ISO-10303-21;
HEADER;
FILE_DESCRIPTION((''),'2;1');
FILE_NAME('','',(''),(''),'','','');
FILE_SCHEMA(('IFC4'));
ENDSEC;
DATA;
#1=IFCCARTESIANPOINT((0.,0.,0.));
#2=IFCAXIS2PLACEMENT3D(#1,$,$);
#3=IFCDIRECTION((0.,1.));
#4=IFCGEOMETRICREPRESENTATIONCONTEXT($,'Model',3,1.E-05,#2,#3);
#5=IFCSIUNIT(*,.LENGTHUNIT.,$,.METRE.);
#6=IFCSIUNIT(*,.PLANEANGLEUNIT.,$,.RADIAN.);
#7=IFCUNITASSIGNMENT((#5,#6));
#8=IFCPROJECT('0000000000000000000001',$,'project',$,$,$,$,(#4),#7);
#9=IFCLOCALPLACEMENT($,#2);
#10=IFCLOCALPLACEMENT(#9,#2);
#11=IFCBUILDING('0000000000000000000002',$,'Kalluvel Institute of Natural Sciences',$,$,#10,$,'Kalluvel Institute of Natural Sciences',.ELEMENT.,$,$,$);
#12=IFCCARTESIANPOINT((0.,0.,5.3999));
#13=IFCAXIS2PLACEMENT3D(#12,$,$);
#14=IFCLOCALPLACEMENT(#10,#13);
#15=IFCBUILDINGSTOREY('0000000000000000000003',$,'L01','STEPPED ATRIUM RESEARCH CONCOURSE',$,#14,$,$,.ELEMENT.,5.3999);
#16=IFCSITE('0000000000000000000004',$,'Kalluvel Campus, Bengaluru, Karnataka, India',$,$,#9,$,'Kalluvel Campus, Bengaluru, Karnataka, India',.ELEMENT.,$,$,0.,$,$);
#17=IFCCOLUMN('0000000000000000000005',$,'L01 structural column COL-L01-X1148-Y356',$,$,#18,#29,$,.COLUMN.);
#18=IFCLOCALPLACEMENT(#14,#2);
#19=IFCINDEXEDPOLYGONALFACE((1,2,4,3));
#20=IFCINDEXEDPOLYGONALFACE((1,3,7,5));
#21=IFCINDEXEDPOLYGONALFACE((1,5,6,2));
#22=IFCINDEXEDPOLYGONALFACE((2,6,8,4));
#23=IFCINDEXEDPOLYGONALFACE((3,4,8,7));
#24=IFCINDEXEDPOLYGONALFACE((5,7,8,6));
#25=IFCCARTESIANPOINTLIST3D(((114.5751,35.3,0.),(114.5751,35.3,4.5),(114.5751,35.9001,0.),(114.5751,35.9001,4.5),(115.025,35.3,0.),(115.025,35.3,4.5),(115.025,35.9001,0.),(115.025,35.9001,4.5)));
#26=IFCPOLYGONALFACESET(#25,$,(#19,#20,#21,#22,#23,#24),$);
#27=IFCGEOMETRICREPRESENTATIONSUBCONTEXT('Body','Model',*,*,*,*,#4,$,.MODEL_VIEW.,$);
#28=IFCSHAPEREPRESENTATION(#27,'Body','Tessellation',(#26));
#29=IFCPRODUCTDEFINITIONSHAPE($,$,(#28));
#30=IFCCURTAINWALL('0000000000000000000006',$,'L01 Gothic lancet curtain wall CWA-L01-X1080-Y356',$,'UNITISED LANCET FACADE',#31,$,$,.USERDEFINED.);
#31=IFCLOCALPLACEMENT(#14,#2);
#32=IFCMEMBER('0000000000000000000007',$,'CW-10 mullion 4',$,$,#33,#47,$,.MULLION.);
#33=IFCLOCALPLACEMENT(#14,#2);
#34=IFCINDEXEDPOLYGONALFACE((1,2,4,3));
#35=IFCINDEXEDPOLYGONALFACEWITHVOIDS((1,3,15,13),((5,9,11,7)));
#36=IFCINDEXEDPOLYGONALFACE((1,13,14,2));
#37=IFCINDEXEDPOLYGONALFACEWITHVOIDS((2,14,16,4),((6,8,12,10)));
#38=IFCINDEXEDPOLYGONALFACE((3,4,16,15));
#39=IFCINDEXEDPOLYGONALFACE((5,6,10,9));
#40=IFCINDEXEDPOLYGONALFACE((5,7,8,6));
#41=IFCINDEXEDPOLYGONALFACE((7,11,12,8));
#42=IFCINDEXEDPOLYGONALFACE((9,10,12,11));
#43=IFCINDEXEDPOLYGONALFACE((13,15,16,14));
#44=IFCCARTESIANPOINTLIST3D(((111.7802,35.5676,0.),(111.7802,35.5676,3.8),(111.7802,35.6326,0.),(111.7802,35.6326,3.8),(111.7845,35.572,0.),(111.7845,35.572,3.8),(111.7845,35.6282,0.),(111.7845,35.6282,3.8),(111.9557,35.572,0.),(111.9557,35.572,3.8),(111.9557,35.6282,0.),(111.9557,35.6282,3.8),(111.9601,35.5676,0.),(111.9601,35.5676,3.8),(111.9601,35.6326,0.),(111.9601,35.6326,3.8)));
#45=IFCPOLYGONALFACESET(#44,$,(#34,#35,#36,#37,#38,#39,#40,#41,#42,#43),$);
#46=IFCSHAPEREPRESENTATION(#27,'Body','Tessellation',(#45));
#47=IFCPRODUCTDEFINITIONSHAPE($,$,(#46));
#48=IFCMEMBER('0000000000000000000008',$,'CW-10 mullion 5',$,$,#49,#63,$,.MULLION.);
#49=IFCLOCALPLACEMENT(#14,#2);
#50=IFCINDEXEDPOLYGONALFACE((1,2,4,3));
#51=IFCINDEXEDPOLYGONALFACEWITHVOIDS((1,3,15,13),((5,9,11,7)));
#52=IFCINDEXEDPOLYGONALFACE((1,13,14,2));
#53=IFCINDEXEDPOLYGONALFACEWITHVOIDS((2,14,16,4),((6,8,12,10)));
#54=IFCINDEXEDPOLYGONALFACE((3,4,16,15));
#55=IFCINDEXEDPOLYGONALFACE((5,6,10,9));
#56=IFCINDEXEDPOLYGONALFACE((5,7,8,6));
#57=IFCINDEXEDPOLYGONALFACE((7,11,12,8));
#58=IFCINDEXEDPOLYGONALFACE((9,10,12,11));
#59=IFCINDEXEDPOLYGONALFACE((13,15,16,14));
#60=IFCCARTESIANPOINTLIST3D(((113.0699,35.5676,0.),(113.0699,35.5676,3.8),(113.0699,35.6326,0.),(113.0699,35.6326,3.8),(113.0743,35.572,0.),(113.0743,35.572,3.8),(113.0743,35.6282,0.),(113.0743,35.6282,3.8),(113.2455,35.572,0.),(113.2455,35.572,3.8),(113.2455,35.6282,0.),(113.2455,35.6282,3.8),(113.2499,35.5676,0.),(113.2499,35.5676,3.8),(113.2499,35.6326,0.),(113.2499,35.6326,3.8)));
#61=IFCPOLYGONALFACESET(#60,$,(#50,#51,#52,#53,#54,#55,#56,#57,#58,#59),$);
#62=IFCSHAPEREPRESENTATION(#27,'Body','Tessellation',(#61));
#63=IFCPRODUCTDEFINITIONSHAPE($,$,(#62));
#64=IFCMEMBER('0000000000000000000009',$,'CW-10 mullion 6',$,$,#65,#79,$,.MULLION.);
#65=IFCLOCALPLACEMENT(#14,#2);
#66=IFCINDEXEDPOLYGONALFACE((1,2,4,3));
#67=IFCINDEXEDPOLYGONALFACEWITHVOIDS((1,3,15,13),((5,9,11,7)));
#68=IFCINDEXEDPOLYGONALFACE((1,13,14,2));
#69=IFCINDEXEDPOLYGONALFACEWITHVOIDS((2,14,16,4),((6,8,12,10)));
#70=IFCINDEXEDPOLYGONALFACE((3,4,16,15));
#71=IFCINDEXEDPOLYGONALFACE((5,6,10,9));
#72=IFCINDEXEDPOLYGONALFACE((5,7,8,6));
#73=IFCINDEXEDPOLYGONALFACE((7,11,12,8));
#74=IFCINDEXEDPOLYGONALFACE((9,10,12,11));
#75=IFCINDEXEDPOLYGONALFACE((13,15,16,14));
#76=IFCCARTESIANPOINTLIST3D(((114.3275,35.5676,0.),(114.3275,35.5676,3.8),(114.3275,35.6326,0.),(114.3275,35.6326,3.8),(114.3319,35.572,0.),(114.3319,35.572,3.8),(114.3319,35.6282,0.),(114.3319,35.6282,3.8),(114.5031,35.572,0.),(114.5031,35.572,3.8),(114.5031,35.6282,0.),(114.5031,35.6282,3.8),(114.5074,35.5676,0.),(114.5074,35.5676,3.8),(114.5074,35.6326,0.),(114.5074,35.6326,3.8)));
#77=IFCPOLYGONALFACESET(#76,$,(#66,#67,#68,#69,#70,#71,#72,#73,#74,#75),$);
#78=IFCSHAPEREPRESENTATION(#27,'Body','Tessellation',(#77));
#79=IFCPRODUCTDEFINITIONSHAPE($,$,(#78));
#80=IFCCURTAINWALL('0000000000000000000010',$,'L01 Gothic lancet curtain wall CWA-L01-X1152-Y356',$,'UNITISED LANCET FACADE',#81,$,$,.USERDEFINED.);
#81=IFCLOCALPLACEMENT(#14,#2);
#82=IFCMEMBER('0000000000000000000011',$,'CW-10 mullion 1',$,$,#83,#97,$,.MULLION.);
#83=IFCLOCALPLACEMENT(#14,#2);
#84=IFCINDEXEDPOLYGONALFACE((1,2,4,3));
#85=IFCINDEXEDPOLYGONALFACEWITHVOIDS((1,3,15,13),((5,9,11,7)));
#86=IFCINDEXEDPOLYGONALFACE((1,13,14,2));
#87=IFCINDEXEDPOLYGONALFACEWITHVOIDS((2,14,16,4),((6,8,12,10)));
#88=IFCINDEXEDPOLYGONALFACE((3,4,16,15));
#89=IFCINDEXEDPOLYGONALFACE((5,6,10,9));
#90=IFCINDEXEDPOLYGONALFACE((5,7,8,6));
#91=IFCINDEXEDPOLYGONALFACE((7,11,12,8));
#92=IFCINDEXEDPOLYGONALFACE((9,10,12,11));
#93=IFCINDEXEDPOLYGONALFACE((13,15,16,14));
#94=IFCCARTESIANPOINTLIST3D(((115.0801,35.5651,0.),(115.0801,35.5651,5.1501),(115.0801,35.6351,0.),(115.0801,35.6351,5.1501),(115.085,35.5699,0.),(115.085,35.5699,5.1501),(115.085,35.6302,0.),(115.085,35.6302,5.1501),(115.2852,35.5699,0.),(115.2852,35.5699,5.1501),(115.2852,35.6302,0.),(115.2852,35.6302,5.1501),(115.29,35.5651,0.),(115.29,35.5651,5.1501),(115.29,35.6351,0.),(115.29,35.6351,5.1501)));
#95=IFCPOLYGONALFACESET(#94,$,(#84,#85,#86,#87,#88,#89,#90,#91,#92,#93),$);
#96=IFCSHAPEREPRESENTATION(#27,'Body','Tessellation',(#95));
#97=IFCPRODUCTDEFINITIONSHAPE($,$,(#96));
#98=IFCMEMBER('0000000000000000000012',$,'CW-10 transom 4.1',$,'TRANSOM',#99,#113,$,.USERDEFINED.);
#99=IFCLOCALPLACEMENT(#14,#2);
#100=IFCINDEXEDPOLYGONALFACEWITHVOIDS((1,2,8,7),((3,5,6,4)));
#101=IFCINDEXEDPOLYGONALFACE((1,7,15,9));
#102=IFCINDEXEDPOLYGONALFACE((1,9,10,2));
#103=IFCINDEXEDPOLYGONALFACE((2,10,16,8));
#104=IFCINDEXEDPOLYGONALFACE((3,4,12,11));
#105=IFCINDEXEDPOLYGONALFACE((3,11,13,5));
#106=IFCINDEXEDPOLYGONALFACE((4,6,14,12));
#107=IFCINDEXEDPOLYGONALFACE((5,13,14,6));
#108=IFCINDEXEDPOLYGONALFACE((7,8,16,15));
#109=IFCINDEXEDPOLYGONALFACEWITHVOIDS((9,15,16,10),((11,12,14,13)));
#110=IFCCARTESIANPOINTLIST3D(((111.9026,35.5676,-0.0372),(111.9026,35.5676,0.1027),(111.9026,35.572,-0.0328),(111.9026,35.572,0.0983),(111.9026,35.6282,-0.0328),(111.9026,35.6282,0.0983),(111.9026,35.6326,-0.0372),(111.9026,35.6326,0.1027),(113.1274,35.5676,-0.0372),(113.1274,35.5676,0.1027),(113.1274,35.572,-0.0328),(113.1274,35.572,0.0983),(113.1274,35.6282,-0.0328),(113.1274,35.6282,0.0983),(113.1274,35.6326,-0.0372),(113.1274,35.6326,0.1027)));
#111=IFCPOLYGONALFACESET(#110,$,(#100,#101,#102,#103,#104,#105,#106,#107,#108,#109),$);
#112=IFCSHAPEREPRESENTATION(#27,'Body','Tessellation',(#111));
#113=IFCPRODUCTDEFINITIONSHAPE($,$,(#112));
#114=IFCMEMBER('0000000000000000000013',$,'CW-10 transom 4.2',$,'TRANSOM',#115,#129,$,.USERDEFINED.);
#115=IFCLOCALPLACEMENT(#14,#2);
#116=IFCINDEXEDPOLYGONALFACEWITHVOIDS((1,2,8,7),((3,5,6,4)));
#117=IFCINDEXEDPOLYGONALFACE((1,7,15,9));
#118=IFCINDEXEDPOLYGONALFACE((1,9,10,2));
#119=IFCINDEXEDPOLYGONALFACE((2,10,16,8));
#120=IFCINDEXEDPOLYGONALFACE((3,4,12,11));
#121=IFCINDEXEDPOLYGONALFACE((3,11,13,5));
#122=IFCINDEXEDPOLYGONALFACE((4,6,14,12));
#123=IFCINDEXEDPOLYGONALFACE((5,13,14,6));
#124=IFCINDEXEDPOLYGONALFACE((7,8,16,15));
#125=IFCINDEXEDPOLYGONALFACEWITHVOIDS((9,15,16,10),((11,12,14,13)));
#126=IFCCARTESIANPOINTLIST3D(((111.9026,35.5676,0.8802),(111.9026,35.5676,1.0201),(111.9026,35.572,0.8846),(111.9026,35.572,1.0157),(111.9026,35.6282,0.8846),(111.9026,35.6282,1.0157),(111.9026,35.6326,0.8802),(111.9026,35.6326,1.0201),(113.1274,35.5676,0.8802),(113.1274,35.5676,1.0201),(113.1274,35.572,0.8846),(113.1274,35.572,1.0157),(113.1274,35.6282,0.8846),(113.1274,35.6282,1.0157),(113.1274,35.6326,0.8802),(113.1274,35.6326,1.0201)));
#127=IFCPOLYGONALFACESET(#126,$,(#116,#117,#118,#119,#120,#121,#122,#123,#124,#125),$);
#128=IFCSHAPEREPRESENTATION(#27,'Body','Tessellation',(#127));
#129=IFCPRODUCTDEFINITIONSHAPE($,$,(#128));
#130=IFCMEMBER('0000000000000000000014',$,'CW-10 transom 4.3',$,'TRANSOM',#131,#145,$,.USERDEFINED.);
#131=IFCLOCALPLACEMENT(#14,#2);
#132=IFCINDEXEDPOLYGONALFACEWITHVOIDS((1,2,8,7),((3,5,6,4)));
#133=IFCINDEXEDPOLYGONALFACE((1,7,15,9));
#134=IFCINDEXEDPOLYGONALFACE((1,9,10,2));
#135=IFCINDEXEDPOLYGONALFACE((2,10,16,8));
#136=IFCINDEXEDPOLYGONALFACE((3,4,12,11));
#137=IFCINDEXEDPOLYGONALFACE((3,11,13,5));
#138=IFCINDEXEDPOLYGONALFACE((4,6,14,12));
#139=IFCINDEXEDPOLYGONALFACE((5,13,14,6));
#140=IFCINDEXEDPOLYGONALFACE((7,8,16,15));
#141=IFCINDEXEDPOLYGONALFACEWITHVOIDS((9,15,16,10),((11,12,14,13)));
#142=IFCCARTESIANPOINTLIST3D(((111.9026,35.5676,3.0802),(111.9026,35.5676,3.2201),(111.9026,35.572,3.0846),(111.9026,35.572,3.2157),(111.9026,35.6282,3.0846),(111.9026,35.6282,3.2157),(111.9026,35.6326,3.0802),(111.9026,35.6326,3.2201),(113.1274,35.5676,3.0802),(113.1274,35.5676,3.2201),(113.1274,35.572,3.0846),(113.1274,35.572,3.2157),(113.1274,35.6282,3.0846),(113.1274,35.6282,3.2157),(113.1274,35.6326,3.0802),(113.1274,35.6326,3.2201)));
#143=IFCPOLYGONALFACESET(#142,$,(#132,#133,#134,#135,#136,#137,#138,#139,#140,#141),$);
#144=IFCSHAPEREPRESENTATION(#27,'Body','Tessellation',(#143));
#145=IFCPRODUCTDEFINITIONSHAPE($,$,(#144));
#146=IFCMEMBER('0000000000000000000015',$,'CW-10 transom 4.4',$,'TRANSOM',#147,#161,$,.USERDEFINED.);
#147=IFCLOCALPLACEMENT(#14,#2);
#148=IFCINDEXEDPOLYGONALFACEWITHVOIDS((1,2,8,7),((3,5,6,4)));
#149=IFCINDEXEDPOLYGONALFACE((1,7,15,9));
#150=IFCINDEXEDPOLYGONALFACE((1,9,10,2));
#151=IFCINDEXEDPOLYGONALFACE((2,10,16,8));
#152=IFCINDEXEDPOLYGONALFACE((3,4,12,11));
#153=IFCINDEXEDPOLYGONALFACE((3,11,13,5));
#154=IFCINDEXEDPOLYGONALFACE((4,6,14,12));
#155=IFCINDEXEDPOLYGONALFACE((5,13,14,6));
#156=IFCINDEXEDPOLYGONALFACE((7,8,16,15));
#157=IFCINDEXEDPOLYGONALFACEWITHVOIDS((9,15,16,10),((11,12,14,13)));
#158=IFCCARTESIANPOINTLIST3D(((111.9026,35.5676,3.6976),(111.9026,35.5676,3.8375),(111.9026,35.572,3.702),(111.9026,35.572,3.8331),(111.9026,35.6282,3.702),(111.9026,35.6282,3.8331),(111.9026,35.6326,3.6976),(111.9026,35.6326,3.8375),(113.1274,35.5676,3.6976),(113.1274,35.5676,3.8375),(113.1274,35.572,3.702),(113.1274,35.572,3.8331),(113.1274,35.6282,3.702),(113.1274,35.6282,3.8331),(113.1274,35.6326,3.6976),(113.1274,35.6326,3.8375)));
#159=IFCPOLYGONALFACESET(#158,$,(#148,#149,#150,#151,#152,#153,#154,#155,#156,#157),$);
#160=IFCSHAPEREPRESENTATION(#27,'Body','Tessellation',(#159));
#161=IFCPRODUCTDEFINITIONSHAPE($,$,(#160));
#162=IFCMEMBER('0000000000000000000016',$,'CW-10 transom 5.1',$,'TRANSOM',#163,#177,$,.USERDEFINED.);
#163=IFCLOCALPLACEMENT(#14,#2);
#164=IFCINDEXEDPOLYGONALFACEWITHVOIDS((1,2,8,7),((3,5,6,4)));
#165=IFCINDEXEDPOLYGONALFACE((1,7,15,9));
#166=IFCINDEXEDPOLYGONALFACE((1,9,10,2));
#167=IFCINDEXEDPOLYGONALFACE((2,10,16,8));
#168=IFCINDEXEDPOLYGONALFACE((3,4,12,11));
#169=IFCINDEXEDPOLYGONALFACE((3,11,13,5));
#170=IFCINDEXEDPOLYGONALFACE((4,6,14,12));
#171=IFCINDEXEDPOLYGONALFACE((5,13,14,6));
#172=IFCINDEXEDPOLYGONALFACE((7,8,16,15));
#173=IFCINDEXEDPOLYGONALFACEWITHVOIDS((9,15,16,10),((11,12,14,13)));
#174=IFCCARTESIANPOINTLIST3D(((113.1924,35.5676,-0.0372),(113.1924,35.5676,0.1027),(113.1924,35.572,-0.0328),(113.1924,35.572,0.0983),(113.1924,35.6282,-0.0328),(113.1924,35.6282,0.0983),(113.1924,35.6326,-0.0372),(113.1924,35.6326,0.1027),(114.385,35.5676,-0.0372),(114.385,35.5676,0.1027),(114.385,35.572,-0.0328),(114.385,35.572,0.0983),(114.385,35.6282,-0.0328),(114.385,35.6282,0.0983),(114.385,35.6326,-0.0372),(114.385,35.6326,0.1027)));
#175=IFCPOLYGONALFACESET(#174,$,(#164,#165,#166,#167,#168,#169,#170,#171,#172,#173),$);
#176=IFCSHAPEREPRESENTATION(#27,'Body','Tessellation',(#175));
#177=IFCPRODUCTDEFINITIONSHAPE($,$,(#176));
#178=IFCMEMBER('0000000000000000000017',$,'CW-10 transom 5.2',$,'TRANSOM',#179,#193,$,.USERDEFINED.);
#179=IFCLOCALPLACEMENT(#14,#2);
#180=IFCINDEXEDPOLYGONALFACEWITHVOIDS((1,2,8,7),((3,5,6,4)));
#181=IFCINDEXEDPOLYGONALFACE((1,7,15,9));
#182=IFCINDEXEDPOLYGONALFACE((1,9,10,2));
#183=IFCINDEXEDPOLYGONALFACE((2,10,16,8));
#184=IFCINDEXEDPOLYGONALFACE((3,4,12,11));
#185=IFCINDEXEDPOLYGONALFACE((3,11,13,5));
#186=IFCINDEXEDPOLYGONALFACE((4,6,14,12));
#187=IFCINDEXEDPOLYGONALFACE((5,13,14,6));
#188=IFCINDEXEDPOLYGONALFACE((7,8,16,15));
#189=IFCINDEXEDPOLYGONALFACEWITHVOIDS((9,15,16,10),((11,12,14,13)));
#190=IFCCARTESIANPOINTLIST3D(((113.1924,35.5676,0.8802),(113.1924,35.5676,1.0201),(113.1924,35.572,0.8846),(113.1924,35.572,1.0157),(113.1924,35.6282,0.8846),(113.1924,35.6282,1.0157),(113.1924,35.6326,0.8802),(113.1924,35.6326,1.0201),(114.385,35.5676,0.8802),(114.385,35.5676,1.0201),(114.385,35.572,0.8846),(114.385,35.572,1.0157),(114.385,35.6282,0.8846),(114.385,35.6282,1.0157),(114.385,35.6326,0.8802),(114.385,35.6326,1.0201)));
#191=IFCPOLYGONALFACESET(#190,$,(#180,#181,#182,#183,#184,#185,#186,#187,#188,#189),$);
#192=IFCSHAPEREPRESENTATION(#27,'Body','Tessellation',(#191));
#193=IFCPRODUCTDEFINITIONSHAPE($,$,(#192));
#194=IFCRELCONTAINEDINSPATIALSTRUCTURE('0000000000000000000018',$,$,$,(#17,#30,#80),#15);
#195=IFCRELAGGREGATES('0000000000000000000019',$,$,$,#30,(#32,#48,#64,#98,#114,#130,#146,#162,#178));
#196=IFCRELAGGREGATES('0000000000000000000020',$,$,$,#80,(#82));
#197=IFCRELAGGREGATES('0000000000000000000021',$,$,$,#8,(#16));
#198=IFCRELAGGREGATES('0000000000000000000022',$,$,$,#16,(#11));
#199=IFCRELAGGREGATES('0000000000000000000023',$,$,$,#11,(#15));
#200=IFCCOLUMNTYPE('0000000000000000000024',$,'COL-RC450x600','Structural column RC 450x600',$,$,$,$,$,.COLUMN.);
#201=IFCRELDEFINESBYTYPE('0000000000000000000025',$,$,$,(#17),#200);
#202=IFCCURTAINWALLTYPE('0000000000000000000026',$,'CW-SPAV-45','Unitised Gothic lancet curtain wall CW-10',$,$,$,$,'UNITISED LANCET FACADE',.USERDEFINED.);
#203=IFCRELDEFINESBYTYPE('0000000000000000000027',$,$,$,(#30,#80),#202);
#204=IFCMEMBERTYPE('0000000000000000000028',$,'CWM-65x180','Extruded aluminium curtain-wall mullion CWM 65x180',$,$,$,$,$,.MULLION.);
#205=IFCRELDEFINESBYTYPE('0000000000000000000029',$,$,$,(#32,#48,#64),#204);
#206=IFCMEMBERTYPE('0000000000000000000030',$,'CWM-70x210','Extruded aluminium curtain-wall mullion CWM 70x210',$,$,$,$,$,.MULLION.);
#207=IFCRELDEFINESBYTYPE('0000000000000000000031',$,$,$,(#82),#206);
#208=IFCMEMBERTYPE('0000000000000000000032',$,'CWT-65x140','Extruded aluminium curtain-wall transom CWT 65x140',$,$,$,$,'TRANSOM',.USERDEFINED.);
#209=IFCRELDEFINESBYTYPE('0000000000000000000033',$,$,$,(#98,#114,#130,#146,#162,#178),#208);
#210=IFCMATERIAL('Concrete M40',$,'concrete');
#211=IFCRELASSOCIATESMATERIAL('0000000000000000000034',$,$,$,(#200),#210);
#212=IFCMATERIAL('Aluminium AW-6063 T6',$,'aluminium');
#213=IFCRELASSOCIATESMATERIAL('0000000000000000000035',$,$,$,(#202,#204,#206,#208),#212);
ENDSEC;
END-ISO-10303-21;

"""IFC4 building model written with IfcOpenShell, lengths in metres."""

from ifc_helpers import new_model, si_unit, direction, frame, origin, origin_2d, place, context, subcontext, project, spatial, rectangle, hollow_rectangle, extrude, material, material_profile, profile_set, type_object, element, aggregate, save


model = new_model("IFC4")

# Units and contexts
model_context = context("Model", 3, precision=1e-05, world=origin(), true_north=direction((0.0, 1.0)))
body_context = subcontext(model_context, "Body", "Model", "MODEL_VIEW")
ifc_project = project(units=[si_unit("LENGTHUNIT", "METRE"), si_unit("PLANEANGLEUNIT", "RADIAN")], contexts=[model_context])

# Site, building, storey
site_placement = place(None, origin())
site = spatial("IfcSite", under=ifc_project, at=site_placement, Name="Kalluvel Campus, Bengaluru, Karnataka, India", LongName="Kalluvel Campus, Bengaluru, Karnataka, India", CompositionType="ELEMENT", RefElevation=0.0)
building_placement = place(site_placement, origin())
building = spatial("IfcBuilding", under=site, at=building_placement, Name="Kalluvel Institute of Natural Sciences", LongName="Kalluvel Institute of Natural Sciences", CompositionType="ELEMENT")
storey_placement = place(building_placement, frame((0.0, 0.0, 5.3999)))
storey = spatial("IfcBuildingStorey", under=building, at=storey_placement, Name="L01", Description="STEPPED ATRIUM RESEARCH CONCOURSE", CompositionType="ELEMENT", Elevation=5.3999)

# Column
ifc_material_1 = material(Name="Concrete M40", Category="concrete")
ifc_material_profile_1 = material_profile(ifc_material_1, rectangle(XDim=0.45, YDim=0.6001, at=origin_2d()), Name="RC 450x600")
ifc_profile_set_1 = profile_set([ifc_material_profile_1], Name="Concrete M40")
column_type = type_object("IfcColumnType", Name="COL-RC450x600", Description="Structural column RC 450x600", PredefinedType="COLUMN", material=ifc_profile_set_1)
column_placement = place(storey_placement, frame((114.8, 35.6001, 0.0), z_axis=(0.0, 0.0, 1.0), x_axis=(1.0, 0.0, 0.0)))
element("IfcColumn", 1, at=column_placement, inside=storey, type_object=column_type, Name="L01 structural column COL-L01-X1148-Y356", PredefinedType="COLUMN", context=body_context, shape_type="SweptSolid", body=[
    extrude(rectangle(XDim=0.45, YDim=0.6001, at=origin_2d()), origin(), (0.0, 0.0, 1.0), 4.5),
])

# Curtain wall, members
ifc_material_2 = material(Name="Aluminium AW-6063 T6", Category="aluminium")
curtain_wall_type = type_object("IfcCurtainWallType", Name="CW-SPAV-45", Description="Unitised Gothic lancet curtain wall CW-10", ElementType="UNITISED LANCET FACADE", PredefinedType="USERDEFINED", material=ifc_material_2)
curtain_wall_1_placement = place(storey_placement, origin())
curtain_wall_1 = element("IfcCurtainWall", 2, at=curtain_wall_1_placement, inside=storey, type_object=curtain_wall_type, Name="L01 Gothic lancet curtain wall CWA-L01-X1080-Y356", ObjectType="UNITISED LANCET FACADE", PredefinedType="USERDEFINED")
ifc_material_profile_2 = material_profile(ifc_material_2, hollow_rectangle(XDim=0.0649, YDim=0.1799, WallThickness=0.0044, at=origin_2d()), Name="CWM 65x180")
ifc_profile_set_2 = profile_set([ifc_material_profile_2], Name="Aluminium AW-6063 T6")
member_type_1 = type_object("IfcMemberType", Name="CWM-65x180", Description="Extruded aluminium curtain-wall mullion CWM 65x180", PredefinedType="MULLION", material=ifc_profile_set_2)
member_1_placement = place(storey_placement, frame((111.8701, 35.6001, 0.0), z_axis=(0.0, 0.0, 1.0), x_axis=(0.0, 1.0, 0.0)))
member_1 = element("IfcMember", 3, at=member_1_placement, type_object=member_type_1, Name="CW-10 mullion 4", PredefinedType="MULLION", context=body_context, shape_type="SweptSolid", body=[
    extrude(hollow_rectangle(XDim=0.0649, YDim=0.1799, WallThickness=0.0044, at=origin_2d()), origin(), (0.0, 0.0, 1.0), 3.8),
])
member_2_placement = place(storey_placement, frame((113.1599, 35.6001, 0.0), z_axis=(0.0, 0.0, 1.0), x_axis=(0.0, 1.0, 0.0)))
member_2 = element("IfcMember", 4, at=member_2_placement, type_object=member_type_1, Name="CW-10 mullion 5", PredefinedType="MULLION", context=body_context, shape_type="SweptSolid", body=[
    extrude(hollow_rectangle(XDim=0.0649, YDim=0.1799, WallThickness=0.0044, at=origin_2d()), origin(), (0.0, 0.0, 1.0), 3.8),
])
member_3_placement = place(storey_placement, frame((114.4175, 35.6001, 0.0), z_axis=(0.0, 0.0, 1.0), x_axis=(0.0, 1.0, 0.0)))
member_3 = element("IfcMember", 5, at=member_3_placement, type_object=member_type_1, Name="CW-10 mullion 6", PredefinedType="MULLION", context=body_context, shape_type="SweptSolid", body=[
    extrude(hollow_rectangle(XDim=0.0649, YDim=0.1799, WallThickness=0.0044, at=origin_2d()), origin(), (0.0, 0.0, 1.0), 3.8),
])

# Curtain wall, member
curtain_wall_2_placement = place(storey_placement, origin())
curtain_wall_2 = element("IfcCurtainWall", 6, at=curtain_wall_2_placement, inside=storey, type_object=curtain_wall_type, Name="L01 Gothic lancet curtain wall CWA-L01-X1152-Y356", ObjectType="UNITISED LANCET FACADE", PredefinedType="USERDEFINED")
ifc_material_profile_3 = material_profile(ifc_material_2, hollow_rectangle(XDim=0.0701, YDim=0.21, WallThickness=0.0049, at=origin_2d()), Name="CWM 70x210")
ifc_profile_set_3 = profile_set([ifc_material_profile_3], Name="Aluminium AW-6063 T6")
member_type_2 = type_object("IfcMemberType", Name="CWM-70x210", Description="Extruded aluminium curtain-wall mullion CWM 70x210", PredefinedType="MULLION", material=ifc_profile_set_3)
member_4_placement = place(storey_placement, frame((115.1851, 35.6001, 0.0), z_axis=(0.0, 0.0, 1.0), x_axis=(0.0, 1.0, 0.0)))
member_4 = element("IfcMember", 7, at=member_4_placement, type_object=member_type_2, Name="CW-10 mullion 1", PredefinedType="MULLION", context=body_context, shape_type="SweptSolid", body=[
    extrude(hollow_rectangle(XDim=0.0701, YDim=0.21, WallThickness=0.0049, at=origin_2d()), origin(), (0.0, 0.0, 1.0), 5.1501),
])

# Members
ifc_material_profile_4 = material_profile(ifc_material_2, hollow_rectangle(XDim=0.0649, YDim=0.1399, WallThickness=0.0044, at=origin_2d()), Name="CWT 65x140")
ifc_profile_set_4 = profile_set([ifc_material_profile_4], Name="Aluminium AW-6063 T6")
member_type_3 = type_object("IfcMemberType", Name="CWT-65x140", Description="Extruded aluminium curtain-wall transom CWT 65x140", ElementType="TRANSOM", PredefinedType="USERDEFINED", material=ifc_profile_set_4)
member_5_placement = place(storey_placement, frame((111.9026, 35.6001, 0.0327), z_axis=(1.0, 0.0, 0.0), x_axis=(0.0, 1.0, 0.0)))
member_5 = element("IfcMember", 8, at=member_5_placement, type_object=member_type_3, Name="CW-10 transom 4.1", ObjectType="TRANSOM", PredefinedType="USERDEFINED", context=body_context, shape_type="SweptSolid", body=[
    extrude(hollow_rectangle(XDim=0.0649, YDim=0.1399, WallThickness=0.0044, at=origin_2d()), origin(), (0.0, 0.0, 1.0), 1.2249),
])
member_6_placement = place(storey_placement, frame((111.9026, 35.6001, 0.9502), z_axis=(1.0, 0.0, 0.0), x_axis=(0.0, 1.0, 0.0)))
member_6 = element("IfcMember", 9, at=member_6_placement, type_object=member_type_3, Name="CW-10 transom 4.2", ObjectType="TRANSOM", PredefinedType="USERDEFINED", context=body_context, shape_type="SweptSolid", body=[
    extrude(hollow_rectangle(XDim=0.0649, YDim=0.1399, WallThickness=0.0044, at=origin_2d()), origin(), (0.0, 0.0, 1.0), 1.2249),
])
member_7_placement = place(storey_placement, frame((111.9026, 35.6001, 3.1501), z_axis=(1.0, 0.0, 0.0), x_axis=(0.0, 1.0, 0.0)))
member_7 = element("IfcMember", 10, at=member_7_placement, type_object=member_type_3, Name="CW-10 transom 4.3", ObjectType="TRANSOM", PredefinedType="USERDEFINED", context=body_context, shape_type="SweptSolid", body=[
    extrude(hollow_rectangle(XDim=0.0649, YDim=0.1399, WallThickness=0.0044, at=origin_2d()), origin(), (0.0, 0.0, 1.0), 1.2249),
])
member_8_placement = place(storey_placement, frame((111.9026, 35.6001, 3.7676), z_axis=(1.0, 0.0, 0.0), x_axis=(0.0, 1.0, 0.0)))
member_8 = element("IfcMember", 11, at=member_8_placement, type_object=member_type_3, Name="CW-10 transom 4.4", ObjectType="TRANSOM", PredefinedType="USERDEFINED", context=body_context, shape_type="SweptSolid", body=[
    extrude(hollow_rectangle(XDim=0.0649, YDim=0.1399, WallThickness=0.0044, at=origin_2d()), origin(), (0.0, 0.0, 1.0), 1.2249),
])
member_9_placement = place(storey_placement, frame((113.1924, 35.6001, 0.0327), z_axis=(1.0, 0.0, 0.0), x_axis=(0.0, 1.0, 0.0)))
member_9 = element("IfcMember", 12, at=member_9_placement, type_object=member_type_3, Name="CW-10 transom 5.1", ObjectType="TRANSOM", PredefinedType="USERDEFINED", context=body_context, shape_type="SweptSolid", body=[
    extrude(hollow_rectangle(XDim=0.0649, YDim=0.1399, WallThickness=0.0044, at=origin_2d()), origin(), (0.0, 0.0, 1.0), 1.1926),
])
member_10_placement = place(storey_placement, frame((113.1924, 35.6001, 0.9502), z_axis=(1.0, 0.0, 0.0), x_axis=(0.0, 1.0, 0.0)))
member_10 = element("IfcMember", 13, at=member_10_placement, type_object=member_type_3, Name="CW-10 transom 5.2", ObjectType="TRANSOM", PredefinedType="USERDEFINED", context=body_context, shape_type="SweptSolid", body=[
    extrude(hollow_rectangle(XDim=0.0649, YDim=0.1399, WallThickness=0.0044, at=origin_2d()), origin(), (0.0, 0.0, 1.0), 1.1926),
])

aggregate(curtain_wall_1, [member_1, member_2, member_3, member_5, member_6, member_7, member_8, member_9, member_10])
aggregate(curtain_wall_2, [member_4])

save(model, "model.ifc")
